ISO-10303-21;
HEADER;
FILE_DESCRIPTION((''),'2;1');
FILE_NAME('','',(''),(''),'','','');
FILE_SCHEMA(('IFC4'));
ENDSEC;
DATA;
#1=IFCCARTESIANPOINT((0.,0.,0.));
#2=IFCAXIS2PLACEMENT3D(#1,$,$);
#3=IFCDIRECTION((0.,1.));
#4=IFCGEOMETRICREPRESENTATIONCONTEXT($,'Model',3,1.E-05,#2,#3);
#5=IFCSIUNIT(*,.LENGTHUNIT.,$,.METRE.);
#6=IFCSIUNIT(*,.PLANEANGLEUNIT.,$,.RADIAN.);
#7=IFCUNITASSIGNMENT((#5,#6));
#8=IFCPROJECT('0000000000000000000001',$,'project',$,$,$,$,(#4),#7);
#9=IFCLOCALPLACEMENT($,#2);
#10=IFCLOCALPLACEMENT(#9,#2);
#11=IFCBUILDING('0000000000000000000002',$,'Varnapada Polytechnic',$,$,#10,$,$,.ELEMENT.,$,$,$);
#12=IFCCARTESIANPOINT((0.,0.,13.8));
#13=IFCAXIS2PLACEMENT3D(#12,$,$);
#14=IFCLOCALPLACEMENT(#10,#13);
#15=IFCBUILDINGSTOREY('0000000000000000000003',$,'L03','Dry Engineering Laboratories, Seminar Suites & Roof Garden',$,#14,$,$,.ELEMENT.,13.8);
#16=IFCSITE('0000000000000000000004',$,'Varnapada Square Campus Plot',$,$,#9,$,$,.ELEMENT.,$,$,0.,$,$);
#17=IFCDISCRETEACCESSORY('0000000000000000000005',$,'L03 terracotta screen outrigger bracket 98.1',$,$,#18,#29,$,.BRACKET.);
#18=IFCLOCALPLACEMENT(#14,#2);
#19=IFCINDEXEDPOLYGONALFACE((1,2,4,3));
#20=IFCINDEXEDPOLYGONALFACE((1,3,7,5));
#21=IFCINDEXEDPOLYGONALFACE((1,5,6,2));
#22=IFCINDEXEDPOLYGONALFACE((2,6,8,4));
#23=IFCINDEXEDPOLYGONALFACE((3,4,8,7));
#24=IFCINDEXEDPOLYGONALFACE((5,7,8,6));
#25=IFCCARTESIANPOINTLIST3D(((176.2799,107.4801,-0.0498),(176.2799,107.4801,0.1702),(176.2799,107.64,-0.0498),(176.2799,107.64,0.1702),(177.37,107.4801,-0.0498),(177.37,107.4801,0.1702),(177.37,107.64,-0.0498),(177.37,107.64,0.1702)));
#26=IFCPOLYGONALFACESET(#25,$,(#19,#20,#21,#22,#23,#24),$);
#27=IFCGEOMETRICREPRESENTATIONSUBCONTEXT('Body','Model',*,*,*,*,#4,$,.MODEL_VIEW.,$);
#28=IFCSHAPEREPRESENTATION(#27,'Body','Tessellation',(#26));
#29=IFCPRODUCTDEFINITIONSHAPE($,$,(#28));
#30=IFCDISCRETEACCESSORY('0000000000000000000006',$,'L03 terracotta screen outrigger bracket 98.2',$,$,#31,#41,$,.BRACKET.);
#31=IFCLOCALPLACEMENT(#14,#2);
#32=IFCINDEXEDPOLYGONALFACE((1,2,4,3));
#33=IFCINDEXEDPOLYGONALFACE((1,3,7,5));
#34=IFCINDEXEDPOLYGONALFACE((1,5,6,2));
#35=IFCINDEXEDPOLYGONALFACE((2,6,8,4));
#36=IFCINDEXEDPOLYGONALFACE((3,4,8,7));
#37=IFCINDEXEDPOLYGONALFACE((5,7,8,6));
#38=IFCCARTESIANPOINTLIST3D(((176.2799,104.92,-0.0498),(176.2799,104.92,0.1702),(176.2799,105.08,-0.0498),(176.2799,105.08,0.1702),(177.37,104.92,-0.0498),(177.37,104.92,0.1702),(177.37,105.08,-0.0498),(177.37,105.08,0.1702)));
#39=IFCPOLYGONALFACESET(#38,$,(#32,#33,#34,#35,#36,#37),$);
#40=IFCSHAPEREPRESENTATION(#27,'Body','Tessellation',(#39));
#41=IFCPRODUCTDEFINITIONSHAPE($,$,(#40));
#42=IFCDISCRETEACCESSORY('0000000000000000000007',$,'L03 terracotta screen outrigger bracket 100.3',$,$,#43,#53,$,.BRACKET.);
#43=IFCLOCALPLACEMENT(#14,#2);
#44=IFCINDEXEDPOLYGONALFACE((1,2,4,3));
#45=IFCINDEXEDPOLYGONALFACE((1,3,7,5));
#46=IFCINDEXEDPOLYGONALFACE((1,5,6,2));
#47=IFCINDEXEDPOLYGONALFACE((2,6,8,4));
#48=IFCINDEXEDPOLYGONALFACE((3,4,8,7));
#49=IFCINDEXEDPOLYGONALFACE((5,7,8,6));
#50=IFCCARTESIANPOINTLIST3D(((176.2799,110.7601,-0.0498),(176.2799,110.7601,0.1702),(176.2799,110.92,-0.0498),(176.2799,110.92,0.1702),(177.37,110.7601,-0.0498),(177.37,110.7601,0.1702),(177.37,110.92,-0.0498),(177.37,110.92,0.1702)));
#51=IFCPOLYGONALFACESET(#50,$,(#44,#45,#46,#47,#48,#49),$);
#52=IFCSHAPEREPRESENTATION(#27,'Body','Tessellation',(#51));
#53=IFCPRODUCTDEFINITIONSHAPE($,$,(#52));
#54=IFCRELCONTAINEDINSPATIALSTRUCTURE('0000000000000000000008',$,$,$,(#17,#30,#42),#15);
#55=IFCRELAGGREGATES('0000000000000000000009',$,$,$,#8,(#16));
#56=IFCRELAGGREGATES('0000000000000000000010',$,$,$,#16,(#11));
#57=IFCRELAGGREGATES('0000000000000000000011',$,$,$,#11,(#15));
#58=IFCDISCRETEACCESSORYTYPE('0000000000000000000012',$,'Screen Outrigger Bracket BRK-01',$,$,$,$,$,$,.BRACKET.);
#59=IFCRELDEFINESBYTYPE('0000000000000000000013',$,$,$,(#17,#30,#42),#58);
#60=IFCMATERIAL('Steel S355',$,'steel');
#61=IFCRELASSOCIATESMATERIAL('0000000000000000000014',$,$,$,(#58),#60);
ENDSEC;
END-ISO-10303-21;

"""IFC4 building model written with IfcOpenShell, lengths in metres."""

from ifc_helpers import new_model, si_unit, direction, frame, origin, origin_2d, place, context, subcontext, project, spatial, rectangle, extrude, material, type_object, element, save


model = new_model("IFC4")

# Units and contexts
model_context = context("Model", 3, precision=1e-05, world=origin(), true_north=direction((0.0, 1.0)))
body_context = subcontext(model_context, "Body", "Model", "MODEL_VIEW")
ifc_project = project(units=[si_unit("LENGTHUNIT", "METRE"), si_unit("PLANEANGLEUNIT", "RADIAN")], contexts=[model_context])

# Site, building, storey
site_placement = place(None, origin())
site = spatial("IfcSite", under=ifc_project, at=site_placement, Name="Varnapada Square Campus Plot", CompositionType="ELEMENT", RefElevation=0.0)
building_placement = place(site_placement, origin())
building = spatial("IfcBuilding", under=site, at=building_placement, Name="Varnapada Polytechnic", CompositionType="ELEMENT")
storey_placement = place(building_placement, frame((0.0, 0.0, 13.8)))
storey = spatial("IfcBuildingStorey", under=building, at=storey_placement, Name="L03", Description="Dry Engineering Laboratories, Seminar Suites & Roof Garden", CompositionType="ELEMENT", Elevation=13.8)

# Discrete accessories
ifc_material_1 = material(Name="Steel S355", Category="steel")
discrete_accessory_type = type_object("IfcDiscreteAccessoryType", Name="Screen Outrigger Bracket BRK-01", PredefinedType="BRACKET", material=ifc_material_1)
for number, where, z_axis, x_axis, name in (
    (1, (176.825, 107.5601, -0.0498), (0.0, 0.0, 1.0), (0.0, -1.0, 0.0), "L03 terracotta screen outrigger bracket 98.1"),
    (2, (176.825, 105.0, -0.0498), (0.0, 0.0, 1.0), (0.0, -1.0, 0.0), "L03 terracotta screen outrigger bracket 98.2"),
    (3, (176.825, 110.8401, -0.0498), (0.0, 0.0, 1.0), (0.0, -1.0, 0.0), "L03 terracotta screen outrigger bracket 100.3"),
):
    element("IfcDiscreteAccessory", number, at=place(storey_placement, frame(where, z_axis=z_axis, x_axis=x_axis)), inside=storey, type_object=discrete_accessory_type, Name=name, PredefinedType="BRACKET", context=body_context, shape_type="SweptSolid", body=[
        extrude(rectangle(XDim=0.1599, YDim=1.0901, at=origin_2d()), origin(), (0.0, 0.0, 1.0), 0.22),
    ])

save(model, "model.ifc")
